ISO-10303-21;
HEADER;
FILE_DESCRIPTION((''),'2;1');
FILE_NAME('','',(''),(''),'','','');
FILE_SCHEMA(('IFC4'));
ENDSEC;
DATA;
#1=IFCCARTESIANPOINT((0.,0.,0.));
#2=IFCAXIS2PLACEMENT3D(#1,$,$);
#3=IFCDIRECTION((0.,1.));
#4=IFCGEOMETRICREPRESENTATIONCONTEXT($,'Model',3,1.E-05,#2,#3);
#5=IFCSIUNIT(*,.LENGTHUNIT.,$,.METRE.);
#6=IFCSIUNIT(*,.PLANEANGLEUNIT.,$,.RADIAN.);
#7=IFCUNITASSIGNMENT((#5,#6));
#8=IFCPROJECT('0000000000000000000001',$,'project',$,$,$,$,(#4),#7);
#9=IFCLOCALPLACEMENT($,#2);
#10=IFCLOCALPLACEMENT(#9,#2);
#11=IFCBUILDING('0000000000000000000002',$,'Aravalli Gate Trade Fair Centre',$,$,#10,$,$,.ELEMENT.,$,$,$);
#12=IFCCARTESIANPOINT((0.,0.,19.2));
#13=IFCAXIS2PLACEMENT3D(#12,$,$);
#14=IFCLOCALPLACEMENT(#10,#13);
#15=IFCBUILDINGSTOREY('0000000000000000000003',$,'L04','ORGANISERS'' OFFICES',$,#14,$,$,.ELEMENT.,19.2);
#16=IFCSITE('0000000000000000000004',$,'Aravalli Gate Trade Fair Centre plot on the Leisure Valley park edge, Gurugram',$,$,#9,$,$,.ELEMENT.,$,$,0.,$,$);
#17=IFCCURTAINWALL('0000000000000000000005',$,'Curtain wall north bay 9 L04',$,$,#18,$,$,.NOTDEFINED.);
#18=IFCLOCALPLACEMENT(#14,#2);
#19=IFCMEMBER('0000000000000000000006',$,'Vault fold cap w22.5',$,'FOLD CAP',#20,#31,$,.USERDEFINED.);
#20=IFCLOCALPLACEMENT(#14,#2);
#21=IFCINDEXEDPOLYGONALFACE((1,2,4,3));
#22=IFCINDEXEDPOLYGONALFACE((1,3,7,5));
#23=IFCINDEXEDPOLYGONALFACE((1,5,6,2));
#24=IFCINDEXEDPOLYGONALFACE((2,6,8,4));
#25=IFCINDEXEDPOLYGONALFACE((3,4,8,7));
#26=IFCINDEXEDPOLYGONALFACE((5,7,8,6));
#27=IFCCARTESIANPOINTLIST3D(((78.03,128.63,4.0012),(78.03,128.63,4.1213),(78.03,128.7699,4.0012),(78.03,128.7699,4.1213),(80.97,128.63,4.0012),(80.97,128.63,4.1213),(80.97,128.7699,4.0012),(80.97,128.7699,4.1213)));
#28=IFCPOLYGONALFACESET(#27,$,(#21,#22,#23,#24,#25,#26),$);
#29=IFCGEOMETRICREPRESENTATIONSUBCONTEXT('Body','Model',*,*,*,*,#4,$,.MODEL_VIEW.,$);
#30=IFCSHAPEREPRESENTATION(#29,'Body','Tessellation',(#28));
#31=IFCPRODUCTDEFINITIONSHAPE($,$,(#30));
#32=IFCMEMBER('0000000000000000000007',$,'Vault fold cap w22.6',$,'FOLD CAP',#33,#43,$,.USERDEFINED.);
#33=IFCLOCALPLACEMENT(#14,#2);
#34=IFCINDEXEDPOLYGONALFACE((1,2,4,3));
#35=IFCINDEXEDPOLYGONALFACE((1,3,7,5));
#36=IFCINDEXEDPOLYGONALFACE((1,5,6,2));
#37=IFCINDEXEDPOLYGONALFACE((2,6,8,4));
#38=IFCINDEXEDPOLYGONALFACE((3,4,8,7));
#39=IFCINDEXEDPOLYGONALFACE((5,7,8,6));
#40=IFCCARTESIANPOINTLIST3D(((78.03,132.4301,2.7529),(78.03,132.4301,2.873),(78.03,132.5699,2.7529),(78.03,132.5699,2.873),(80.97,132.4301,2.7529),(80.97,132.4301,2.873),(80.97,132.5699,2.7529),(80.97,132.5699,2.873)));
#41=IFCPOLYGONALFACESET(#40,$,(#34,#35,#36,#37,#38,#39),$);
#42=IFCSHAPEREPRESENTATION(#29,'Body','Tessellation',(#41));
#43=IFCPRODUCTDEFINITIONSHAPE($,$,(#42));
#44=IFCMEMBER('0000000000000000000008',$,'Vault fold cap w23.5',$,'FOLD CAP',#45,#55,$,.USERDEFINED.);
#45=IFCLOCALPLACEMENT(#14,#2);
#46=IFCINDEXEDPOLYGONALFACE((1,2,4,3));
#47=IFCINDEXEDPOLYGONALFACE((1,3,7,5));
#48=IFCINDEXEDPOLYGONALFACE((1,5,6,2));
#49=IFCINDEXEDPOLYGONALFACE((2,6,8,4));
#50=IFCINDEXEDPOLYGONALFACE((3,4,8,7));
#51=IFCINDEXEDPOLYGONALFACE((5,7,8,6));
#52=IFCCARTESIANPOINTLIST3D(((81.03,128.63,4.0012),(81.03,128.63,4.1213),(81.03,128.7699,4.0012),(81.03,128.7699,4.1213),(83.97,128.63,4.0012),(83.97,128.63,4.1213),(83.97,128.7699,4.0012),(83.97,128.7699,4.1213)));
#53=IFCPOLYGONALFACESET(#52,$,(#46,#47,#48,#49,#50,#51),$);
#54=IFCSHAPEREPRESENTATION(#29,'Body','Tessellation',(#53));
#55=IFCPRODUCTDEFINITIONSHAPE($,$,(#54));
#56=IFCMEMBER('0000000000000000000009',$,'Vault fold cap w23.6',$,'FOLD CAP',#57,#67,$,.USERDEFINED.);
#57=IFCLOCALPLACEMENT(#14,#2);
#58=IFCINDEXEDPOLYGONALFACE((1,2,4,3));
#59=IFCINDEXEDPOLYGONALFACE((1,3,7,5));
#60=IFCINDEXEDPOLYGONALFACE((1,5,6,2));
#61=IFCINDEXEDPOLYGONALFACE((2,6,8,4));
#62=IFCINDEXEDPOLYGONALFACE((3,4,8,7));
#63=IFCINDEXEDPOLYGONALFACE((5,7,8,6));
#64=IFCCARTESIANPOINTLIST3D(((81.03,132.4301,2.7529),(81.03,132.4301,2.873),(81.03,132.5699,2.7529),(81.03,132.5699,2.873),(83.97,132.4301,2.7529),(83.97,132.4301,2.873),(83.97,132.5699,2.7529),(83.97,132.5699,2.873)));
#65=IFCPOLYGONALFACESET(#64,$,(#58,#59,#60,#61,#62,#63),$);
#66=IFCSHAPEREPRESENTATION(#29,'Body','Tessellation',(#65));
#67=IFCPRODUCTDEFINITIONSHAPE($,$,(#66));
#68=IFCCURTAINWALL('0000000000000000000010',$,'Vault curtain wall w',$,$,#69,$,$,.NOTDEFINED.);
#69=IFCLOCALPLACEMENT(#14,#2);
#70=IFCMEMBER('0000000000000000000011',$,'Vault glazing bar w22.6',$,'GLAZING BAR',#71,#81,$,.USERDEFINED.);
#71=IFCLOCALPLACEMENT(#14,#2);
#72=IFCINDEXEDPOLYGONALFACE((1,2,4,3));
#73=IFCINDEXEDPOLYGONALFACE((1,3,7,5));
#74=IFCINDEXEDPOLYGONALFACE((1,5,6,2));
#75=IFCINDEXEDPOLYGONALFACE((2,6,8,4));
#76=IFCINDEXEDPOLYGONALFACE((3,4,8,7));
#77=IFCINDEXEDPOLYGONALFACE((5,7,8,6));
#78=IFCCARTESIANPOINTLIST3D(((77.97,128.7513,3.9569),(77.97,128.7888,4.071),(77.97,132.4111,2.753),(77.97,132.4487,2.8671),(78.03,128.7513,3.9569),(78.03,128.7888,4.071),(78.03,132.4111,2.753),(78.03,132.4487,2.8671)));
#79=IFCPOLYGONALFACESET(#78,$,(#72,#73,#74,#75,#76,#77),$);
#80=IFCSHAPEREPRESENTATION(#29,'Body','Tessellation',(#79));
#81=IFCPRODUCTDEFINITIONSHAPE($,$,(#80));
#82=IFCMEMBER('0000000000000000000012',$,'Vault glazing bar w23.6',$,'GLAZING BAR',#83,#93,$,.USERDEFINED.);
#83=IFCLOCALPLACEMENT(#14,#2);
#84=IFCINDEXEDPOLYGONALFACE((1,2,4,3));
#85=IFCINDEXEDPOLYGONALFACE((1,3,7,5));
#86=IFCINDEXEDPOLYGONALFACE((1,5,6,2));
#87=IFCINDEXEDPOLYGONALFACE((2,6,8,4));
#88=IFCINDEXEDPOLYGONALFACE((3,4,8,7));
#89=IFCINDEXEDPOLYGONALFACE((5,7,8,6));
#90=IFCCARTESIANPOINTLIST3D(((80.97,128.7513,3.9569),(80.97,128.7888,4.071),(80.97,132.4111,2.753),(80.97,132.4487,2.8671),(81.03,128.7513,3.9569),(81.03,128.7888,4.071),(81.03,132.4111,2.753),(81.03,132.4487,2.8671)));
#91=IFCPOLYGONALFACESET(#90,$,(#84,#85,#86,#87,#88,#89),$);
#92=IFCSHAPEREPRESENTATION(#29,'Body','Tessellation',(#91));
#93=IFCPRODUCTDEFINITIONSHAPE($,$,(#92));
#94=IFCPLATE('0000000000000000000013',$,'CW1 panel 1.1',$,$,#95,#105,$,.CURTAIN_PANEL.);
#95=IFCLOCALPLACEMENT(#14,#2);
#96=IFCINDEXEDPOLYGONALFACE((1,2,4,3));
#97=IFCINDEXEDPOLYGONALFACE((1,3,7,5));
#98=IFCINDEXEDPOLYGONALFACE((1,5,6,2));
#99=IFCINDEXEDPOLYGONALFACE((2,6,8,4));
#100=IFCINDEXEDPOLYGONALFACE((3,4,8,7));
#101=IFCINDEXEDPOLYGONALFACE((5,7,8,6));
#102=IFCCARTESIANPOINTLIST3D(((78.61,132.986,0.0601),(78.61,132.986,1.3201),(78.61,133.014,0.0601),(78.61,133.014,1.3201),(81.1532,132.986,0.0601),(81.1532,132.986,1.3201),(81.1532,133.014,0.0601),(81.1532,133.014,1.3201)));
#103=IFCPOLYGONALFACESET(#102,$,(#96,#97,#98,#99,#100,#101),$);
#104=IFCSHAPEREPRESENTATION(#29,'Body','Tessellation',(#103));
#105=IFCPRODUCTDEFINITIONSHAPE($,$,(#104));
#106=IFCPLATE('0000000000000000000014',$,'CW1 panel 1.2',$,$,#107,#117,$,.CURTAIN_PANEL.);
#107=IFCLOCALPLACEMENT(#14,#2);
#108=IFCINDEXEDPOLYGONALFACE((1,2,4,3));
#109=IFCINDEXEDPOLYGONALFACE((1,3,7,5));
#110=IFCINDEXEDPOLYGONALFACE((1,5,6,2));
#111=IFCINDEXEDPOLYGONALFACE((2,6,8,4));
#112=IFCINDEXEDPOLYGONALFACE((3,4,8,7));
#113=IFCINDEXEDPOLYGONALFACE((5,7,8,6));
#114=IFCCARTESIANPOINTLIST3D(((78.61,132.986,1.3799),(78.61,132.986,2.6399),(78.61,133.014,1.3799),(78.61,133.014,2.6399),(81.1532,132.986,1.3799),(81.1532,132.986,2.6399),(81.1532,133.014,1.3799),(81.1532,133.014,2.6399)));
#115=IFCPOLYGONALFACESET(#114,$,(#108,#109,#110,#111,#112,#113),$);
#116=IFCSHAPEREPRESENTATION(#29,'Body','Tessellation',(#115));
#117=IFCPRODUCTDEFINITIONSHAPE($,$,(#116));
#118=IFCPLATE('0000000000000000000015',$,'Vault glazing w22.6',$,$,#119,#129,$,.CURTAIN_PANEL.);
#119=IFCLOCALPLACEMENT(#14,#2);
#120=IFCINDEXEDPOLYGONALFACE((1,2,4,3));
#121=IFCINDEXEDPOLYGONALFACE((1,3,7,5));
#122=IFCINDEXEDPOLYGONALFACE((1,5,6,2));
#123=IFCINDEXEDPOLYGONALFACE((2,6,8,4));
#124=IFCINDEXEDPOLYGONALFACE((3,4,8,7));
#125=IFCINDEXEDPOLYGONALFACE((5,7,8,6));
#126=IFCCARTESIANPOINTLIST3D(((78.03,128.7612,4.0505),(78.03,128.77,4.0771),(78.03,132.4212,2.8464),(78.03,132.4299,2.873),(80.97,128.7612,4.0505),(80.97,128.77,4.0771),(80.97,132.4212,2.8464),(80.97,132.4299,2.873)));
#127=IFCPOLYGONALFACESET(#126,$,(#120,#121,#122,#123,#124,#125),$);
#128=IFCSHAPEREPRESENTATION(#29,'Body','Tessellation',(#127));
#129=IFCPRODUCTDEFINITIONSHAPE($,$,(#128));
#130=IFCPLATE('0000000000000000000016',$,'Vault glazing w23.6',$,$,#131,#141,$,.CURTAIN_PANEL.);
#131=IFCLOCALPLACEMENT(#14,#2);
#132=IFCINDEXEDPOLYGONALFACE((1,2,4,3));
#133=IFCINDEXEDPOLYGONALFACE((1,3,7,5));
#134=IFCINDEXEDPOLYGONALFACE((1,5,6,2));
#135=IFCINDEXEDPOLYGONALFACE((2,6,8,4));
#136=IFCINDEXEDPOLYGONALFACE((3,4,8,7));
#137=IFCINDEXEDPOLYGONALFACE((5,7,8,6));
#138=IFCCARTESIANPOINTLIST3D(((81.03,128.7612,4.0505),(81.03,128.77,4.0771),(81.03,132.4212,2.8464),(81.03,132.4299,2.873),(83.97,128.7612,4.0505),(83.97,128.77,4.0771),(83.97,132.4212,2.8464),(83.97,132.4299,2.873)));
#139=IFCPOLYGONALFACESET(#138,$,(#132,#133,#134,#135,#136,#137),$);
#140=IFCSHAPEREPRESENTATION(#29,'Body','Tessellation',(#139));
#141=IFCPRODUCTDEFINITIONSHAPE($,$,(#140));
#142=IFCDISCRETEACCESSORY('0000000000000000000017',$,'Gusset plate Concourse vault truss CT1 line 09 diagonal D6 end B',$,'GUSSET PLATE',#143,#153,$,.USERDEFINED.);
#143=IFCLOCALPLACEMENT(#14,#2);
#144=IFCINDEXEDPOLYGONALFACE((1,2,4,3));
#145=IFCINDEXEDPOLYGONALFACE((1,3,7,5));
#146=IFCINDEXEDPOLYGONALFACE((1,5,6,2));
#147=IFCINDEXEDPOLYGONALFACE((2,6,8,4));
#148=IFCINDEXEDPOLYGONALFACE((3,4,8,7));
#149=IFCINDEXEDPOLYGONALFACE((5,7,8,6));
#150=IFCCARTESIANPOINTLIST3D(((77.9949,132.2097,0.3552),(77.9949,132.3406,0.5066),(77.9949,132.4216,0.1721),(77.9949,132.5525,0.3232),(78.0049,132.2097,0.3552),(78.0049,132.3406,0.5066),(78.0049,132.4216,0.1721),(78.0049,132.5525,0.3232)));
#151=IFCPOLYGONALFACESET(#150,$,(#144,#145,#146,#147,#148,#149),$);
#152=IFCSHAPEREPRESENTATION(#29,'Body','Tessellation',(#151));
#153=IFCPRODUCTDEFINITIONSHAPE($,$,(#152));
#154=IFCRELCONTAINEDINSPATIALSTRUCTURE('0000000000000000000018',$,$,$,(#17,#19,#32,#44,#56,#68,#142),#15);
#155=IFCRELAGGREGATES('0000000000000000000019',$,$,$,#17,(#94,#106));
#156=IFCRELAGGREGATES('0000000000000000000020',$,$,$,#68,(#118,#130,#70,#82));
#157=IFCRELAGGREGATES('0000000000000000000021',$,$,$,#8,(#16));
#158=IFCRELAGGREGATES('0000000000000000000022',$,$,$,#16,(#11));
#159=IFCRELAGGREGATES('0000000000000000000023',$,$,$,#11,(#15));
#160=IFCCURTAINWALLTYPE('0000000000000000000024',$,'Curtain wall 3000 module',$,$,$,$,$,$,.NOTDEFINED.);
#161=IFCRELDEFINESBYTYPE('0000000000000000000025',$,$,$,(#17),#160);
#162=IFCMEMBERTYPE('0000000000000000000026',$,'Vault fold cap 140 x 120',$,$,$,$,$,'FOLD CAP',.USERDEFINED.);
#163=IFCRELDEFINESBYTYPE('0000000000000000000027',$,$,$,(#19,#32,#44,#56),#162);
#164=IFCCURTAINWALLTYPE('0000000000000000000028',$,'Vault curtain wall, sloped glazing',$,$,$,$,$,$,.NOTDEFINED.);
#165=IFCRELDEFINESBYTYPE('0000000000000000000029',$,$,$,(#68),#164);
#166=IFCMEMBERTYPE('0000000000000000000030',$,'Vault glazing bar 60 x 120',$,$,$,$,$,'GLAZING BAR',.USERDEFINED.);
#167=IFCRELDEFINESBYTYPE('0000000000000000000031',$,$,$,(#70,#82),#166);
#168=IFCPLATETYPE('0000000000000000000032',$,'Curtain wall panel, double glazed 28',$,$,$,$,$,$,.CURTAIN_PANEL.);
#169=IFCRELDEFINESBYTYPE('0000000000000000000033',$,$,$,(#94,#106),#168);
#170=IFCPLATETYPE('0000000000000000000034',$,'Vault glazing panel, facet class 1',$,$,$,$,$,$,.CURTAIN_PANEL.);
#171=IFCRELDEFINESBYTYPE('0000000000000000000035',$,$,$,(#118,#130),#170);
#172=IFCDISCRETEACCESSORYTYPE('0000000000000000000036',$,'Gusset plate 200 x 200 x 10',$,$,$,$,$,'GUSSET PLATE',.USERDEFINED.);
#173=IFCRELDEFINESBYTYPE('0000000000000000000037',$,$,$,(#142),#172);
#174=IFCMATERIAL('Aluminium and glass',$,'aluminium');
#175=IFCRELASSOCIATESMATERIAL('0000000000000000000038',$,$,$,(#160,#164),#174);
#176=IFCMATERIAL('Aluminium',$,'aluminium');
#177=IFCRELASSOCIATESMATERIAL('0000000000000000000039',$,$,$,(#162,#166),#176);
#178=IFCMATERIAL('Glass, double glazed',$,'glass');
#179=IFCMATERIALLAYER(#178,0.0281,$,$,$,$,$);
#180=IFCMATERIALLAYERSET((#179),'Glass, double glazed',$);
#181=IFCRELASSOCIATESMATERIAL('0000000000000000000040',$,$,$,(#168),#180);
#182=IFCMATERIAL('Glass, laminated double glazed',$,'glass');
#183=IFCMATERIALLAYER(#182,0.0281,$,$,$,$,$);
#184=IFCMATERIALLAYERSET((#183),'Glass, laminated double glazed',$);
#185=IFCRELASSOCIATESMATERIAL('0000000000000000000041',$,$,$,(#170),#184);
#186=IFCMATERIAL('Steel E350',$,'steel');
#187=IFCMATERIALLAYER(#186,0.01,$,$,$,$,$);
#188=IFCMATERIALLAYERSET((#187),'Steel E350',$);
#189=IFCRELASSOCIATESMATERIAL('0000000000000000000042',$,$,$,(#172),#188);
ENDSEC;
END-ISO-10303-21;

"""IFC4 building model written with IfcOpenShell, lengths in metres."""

from ifc_helpers import new_model, si_unit, direction, frame, origin, origin_2d, place, context, subcontext, project, spatial, polyline, rectangle, outline, extrude, material, layer, layer_set, material_profile, profile_set, type_object, element, aggregate, save


model = new_model("IFC4")

# Units and contexts
model_context = context("Model", 3, precision=1e-05, world=origin(), true_north=direction((0.0, 1.0)))
body_context = subcontext(model_context, "Body", "Model", "MODEL_VIEW")
ifc_project = project(units=[si_unit("LENGTHUNIT", "METRE"), si_unit("PLANEANGLEUNIT", "RADIAN")], contexts=[model_context])

# Site, building, storey
site_placement = place(None, origin())
site = spatial("IfcSite", under=ifc_project, at=site_placement, Name="Aravalli Gate Trade Fair Centre plot on the Leisure Valley park edge, Gurugram", CompositionType="ELEMENT", RefElevation=0.0)
building_placement = place(site_placement, origin())
building = spatial("IfcBuilding", under=site, at=building_placement, Name="Aravalli Gate Trade Fair Centre", CompositionType="ELEMENT")
storey_placement = place(building_placement, frame((0.0, 0.0, 19.2)))
storey = spatial("IfcBuildingStorey", under=building, at=storey_placement, Name="L04", Description="ORGANISERS' OFFICES", CompositionType="ELEMENT", Elevation=19.2)

# Curtain wall
ifc_material_1 = material(Name="Aluminium and glass", Category="aluminium")
curtain_wall_type_1 = type_object("IfcCurtainWallType", Name="Curtain wall 3000 module", PredefinedType="NOTDEFINED", material=ifc_material_1)
curtain_wall_1_placement = place(storey_placement, origin())
curtain_wall_1 = element("IfcCurtainWall", 1, at=curtain_wall_1_placement, inside=storey, type_object=curtain_wall_type_1, Name="Curtain wall north bay 9 L04", PredefinedType="NOTDEFINED")
ifc_material_2 = material(Name="Aluminium", Category="aluminium")

# Members
ifc_material_3 = material(Name="Steel E350", Category="steel")
ifc_material_profile_1 = material_profile(ifc_material_2, rectangle(XDim=0.1399, YDim=0.1201, at=origin_2d()), Name="Vault fold cap 140 x 120")
ifc_profile_set_1 = profile_set([ifc_material_profile_1], Name="Aluminium")
member_type_1 = type_object("IfcMemberType", Name="Vault fold cap 140 x 120", ElementType="FOLD CAP", PredefinedType="USERDEFINED", material=ifc_profile_set_1)
for number, where, z_axis, x_axis, name in (
    (2, (78.03, 128.7, 4.0613), (1.0, 0.0, 0.0), (0.0, 1.0, 0.0), "Vault fold cap w22.5"),
    (3, (78.03, 132.5, 2.813), (1.0, 0.0, 0.0), (0.0, 1.0, 0.0), "Vault fold cap w22.6"),
    (4, (81.03, 128.7, 4.0613), (1.0, 0.0, 0.0), (0.0, 1.0, 0.0), "Vault fold cap w23.5"),
    (5, (81.03, 132.5, 2.813), (1.0, 0.0, 0.0), (0.0, 1.0, 0.0), "Vault fold cap w23.6"),
):
    element("IfcMember", number, at=place(storey_placement, frame(where, z_axis=z_axis, x_axis=x_axis)), inside=storey, type_object=member_type_1, Name=name, ObjectType="FOLD CAP", PredefinedType="USERDEFINED", context=body_context, shape_type="SweptSolid", body=[
        extrude(rectangle(XDim=0.1399, YDim=0.1201, at=origin_2d()), origin(), (0.0, 0.0, 1.0), 2.9399),
    ])

# Curtain wall, members
curtain_wall_type_2 = type_object("IfcCurtainWallType", Name="Vault curtain wall, sloped glazing", PredefinedType="NOTDEFINED", material=ifc_material_1)
curtain_wall_2_placement = place(storey_placement, origin())
curtain_wall_2 = element("IfcCurtainWall", 6, at=curtain_wall_2_placement, inside=storey, type_object=curtain_wall_type_2, Name="Vault curtain wall w", PredefinedType="NOTDEFINED")
ifc_material_profile_2 = material_profile(ifc_material_2, rectangle(XDim=0.0601, YDim=0.1201, at=origin_2d()), Name="Vault glazing bar 60 x 120")
ifc_profile_set_2 = profile_set([ifc_material_profile_2], Name="Aluminium")
member_type_2 = type_object("IfcMemberType", Name="Vault glazing bar 60 x 120", ElementType="GLAZING BAR", PredefinedType="USERDEFINED", material=ifc_profile_set_2)
member_1_placement = place(storey_placement, frame((78.0, 128.77, 4.0139), z_axis=(0.0, 0.94993, -0.312461), x_axis=(-1.0, 0.0, 0.0)))
member_1 = element("IfcMember", 7, at=member_1_placement, type_object=member_type_2, Name="Vault glazing bar w22.6", ObjectType="GLAZING BAR", PredefinedType="USERDEFINED", context=body_context, shape_type="SweptSolid", body=[
    extrude(rectangle(XDim=0.0601, YDim=0.1201, at=origin_2d()), origin(), (0.0, 0.0, 1.0), 3.8528),
])
member_2_placement = place(storey_placement, frame((81.0, 128.77, 4.0139), z_axis=(0.0, 0.94993, -0.312461), x_axis=(-1.0, 0.0, 0.0)))
member_2 = element("IfcMember", 8, at=member_2_placement, type_object=member_type_2, Name="Vault glazing bar w23.6", ObjectType="GLAZING BAR", PredefinedType="USERDEFINED", context=body_context, shape_type="SweptSolid", body=[
    extrude(rectangle(XDim=0.0601, YDim=0.1201, at=origin_2d()), origin(), (0.0, 0.0, 1.0), 3.8528),
])

# Plates
ifc_material_4 = material(Name="Glass, double glazed", Category="glass")
ifc_layer_1 = layer(ifc_material_4, 0.0281)
ifc_layer_set_1 = layer_set([ifc_layer_1], Name="Glass, double glazed")
plate_type_1 = type_object("IfcPlateType", Name="Curtain wall panel, double glazed 28", PredefinedType="CURTAIN_PANEL", material=ifc_layer_set_1)
plate_1_placement = place(storey_placement, frame((79.8816, 133.0, 0.0601), z_axis=(0.0, 0.0, 1.0), x_axis=(1.0, 0.0, 0.0)))
plate_1 = element("IfcPlate", 9, at=plate_1_placement, type_object=plate_type_1, Name="CW1 panel 1.1", PredefinedType="CURTAIN_PANEL", context=body_context, shape_type="SweptSolid", body=[
    extrude(rectangle(XDim=2.5432, YDim=0.0281, at=origin_2d()), origin(), (0.0, 0.0, 1.0), 1.26),
])
plate_2_placement = place(storey_placement, frame((79.8816, 133.0, 1.3799), z_axis=(0.0, 0.0, 1.0), x_axis=(1.0, 0.0, 0.0)))
plate_2 = element("IfcPlate", 10, at=plate_2_placement, type_object=plate_type_1, Name="CW1 panel 1.2", PredefinedType="CURTAIN_PANEL", context=body_context, shape_type="SweptSolid", body=[
    extrude(rectangle(XDim=2.5432, YDim=0.0281, at=origin_2d()), origin(), (0.0, 0.0, 1.0), 1.26),
])
aggregate(curtain_wall_1, [plate_1, plate_2])
ifc_material_5 = material(Name="Glass, laminated double glazed", Category="glass")
ifc_layer_2 = layer(ifc_material_5, 0.0281)
ifc_layer_set_2 = layer_set([ifc_layer_2], Name="Glass, laminated double glazed")
plate_type_2 = type_object("IfcPlateType", Name="Vault glazing panel, facet class 1", PredefinedType="CURTAIN_PANEL", material=ifc_layer_set_2)
plate_3_placement = place(storey_placement, frame((78.03, 128.77, 4.0771), z_axis=(0.0, 0.312518, 0.949912), x_axis=(1.0, 0.0, 0.0)))
plate_3 = element("IfcPlate", 11, at=plate_3_placement, type_object=plate_type_2, Name="Vault glazing w22.6", PredefinedType="CURTAIN_PANEL", context=body_context, shape_type="SweptSolid", body=[
    extrude(outline(polyline([(0.0, 0.0), (2.9399, 0.0), (2.9399, 3.8529), (0.0, 3.8529), (0.0, 0.0)])), origin(), (0.0, 0.0, -1.0), 0.0281),
])
plate_4_placement = place(storey_placement, frame((81.03, 128.77, 4.0771), z_axis=(0.0, 0.312518, 0.949912), x_axis=(1.0, 0.0, 0.0)))
plate_4 = element("IfcPlate", 12, at=plate_4_placement, type_object=plate_type_2, Name="Vault glazing w23.6", PredefinedType="CURTAIN_PANEL", context=body_context, shape_type="SweptSolid", body=[
    extrude(outline(polyline([(0.0, 0.0), (2.9399, 0.0), (2.9399, 3.8529), (0.0, 3.8529), (0.0, 0.0)])), origin(), (0.0, 0.0, -1.0), 0.0281),
])
aggregate(curtain_wall_2, [plate_3, plate_4, member_1, member_2])

# Discrete accessory
ifc_layer_3 = layer(ifc_material_3, 0.01)
ifc_layer_set_3 = layer_set([ifc_layer_3], Name="Steel E350")
discrete_accessory_type = type_object("IfcDiscreteAccessoryType", Name="Gusset plate 200 x 200 x 10", ElementType="GUSSET PLATE", PredefinedType="USERDEFINED", material=ifc_layer_set_3)
discrete_accessory_placement = place(storey_placement, frame((78.0049, 132.2097, 0.3552), z_axis=(1.0, 0.0, 0.0), x_axis=(0.0, 0.756666, -0.653801)))
element("IfcDiscreteAccessory", 13, at=discrete_accessory_placement, inside=storey, type_object=discrete_accessory_type, Name="Gusset plate Concourse vault truss CT1 line 09 diagonal D6 end B", ObjectType="GUSSET PLATE", PredefinedType="USERDEFINED", context=body_context, shape_type="SweptSolid", body=[
    extrude(outline(polyline([(0.0, 0.0), (0.2801, 0.0), (0.2803, 0.1999), (0.0001, 0.2001), (0.0, 0.0)])), origin(), (0.0, 0.0, -1.0), 0.01),
])

save(model, "model.ifc")
